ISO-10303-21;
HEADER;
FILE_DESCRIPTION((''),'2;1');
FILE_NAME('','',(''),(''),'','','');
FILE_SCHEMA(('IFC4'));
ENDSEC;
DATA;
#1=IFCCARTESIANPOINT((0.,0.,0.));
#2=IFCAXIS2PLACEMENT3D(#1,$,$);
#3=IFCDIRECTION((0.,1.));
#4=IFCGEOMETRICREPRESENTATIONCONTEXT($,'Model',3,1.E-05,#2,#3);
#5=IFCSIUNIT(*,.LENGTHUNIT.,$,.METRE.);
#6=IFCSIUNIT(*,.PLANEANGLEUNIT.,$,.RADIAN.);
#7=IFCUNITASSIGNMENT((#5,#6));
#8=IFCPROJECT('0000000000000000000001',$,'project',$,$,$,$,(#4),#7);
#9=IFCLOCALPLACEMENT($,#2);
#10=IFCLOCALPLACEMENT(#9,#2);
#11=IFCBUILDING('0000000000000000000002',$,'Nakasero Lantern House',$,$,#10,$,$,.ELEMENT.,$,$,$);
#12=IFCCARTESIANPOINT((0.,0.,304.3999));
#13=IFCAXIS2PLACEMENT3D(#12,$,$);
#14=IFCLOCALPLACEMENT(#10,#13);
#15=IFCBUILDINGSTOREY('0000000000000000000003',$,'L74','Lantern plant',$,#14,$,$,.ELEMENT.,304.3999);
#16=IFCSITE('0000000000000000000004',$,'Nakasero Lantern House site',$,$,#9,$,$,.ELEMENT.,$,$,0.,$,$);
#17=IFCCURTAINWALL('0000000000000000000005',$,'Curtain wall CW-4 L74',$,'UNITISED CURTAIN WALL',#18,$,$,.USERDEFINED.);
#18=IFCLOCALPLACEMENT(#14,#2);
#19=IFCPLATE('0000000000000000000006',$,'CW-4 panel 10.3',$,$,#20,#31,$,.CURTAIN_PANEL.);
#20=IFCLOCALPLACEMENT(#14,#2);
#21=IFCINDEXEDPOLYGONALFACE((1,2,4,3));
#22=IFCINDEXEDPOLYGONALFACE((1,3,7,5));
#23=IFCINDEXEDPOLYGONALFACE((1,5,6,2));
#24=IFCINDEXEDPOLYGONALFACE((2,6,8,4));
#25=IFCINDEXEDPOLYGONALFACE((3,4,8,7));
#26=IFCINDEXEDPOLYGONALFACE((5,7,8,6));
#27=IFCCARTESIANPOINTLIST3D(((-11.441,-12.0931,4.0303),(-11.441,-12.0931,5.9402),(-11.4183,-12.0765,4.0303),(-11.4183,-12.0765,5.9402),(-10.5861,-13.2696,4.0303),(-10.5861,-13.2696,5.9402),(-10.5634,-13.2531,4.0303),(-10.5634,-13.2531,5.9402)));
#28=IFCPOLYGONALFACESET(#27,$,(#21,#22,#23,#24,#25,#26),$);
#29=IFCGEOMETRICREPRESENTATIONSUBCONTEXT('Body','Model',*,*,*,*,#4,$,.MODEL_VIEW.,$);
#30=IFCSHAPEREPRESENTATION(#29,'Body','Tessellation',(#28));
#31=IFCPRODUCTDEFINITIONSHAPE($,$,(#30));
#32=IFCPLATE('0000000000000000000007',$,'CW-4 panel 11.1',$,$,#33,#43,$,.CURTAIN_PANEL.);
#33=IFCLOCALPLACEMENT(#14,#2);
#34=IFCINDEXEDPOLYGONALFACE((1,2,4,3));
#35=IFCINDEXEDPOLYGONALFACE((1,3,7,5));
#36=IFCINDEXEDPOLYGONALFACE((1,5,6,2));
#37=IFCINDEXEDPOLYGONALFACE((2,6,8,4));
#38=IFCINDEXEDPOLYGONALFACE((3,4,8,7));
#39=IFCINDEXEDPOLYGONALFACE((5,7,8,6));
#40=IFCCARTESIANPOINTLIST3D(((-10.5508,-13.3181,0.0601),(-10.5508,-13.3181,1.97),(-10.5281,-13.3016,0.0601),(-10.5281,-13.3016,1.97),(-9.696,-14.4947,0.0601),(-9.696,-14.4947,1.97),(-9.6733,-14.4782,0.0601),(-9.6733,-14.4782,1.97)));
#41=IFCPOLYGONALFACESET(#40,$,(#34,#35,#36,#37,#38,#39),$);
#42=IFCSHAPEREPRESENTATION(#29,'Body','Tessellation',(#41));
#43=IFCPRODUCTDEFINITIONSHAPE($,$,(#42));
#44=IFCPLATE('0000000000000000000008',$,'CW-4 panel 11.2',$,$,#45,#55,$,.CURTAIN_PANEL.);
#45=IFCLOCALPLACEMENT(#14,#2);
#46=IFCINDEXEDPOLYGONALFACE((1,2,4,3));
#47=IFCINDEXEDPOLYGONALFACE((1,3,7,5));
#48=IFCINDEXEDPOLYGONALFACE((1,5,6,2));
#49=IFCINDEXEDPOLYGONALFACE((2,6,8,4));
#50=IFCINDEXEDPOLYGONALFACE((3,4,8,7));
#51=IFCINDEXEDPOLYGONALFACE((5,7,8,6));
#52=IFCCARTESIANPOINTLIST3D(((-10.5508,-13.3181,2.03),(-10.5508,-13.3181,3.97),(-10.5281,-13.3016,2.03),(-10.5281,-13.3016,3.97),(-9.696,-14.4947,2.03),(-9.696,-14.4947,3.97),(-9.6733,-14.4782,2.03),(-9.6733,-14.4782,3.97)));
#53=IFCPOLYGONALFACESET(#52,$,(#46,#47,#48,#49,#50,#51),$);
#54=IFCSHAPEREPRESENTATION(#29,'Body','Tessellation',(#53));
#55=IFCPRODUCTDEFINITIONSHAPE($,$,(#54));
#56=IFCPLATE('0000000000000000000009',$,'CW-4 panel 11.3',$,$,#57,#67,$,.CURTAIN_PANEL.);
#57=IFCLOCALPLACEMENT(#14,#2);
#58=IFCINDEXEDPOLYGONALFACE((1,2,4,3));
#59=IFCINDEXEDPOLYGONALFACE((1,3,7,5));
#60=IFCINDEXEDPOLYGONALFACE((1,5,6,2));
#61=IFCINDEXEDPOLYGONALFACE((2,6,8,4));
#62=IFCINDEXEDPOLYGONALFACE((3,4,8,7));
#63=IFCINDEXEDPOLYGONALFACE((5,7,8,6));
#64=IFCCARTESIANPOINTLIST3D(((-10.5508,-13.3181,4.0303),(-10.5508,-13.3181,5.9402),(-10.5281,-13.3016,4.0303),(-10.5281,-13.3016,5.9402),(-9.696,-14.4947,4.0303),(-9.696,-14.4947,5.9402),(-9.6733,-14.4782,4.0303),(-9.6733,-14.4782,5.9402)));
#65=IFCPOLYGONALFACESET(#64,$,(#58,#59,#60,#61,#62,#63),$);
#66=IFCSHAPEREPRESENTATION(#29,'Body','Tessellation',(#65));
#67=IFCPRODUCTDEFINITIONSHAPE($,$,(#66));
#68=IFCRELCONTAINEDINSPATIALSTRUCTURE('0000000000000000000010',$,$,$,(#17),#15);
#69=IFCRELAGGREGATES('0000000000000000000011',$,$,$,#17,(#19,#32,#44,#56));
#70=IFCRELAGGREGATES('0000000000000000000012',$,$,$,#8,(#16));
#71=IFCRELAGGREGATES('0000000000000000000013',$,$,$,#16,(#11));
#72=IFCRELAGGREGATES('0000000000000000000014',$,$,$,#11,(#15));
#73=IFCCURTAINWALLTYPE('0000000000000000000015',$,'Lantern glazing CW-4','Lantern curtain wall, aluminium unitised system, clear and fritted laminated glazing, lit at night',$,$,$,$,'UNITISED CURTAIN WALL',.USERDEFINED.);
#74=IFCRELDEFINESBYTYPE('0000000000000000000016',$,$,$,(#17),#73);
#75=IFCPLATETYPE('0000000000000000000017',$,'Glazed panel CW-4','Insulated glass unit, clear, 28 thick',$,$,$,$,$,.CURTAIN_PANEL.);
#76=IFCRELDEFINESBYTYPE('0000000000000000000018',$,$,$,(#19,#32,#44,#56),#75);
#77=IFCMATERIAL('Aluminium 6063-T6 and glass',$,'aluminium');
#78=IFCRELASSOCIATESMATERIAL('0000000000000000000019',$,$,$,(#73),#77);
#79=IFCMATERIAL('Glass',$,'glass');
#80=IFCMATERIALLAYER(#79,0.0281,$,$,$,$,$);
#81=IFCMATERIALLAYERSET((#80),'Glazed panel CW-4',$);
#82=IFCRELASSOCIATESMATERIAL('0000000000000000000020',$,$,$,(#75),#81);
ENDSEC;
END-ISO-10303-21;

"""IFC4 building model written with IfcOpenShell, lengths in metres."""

from ifc_helpers import new_model, si_unit, direction, frame, origin, origin_2d, place, context, subcontext, project, spatial, rectangle, extrude, material, layer, layer_set, type_object, element, aggregate, save


model = new_model("IFC4")

# Units and contexts
model_context = context("Model", 3, precision=1e-05, world=origin(), true_north=direction((0.0, 1.0)))
body_context = subcontext(model_context, "Body", "Model", "MODEL_VIEW")
ifc_project = project(units=[si_unit("LENGTHUNIT", "METRE"), si_unit("PLANEANGLEUNIT", "RADIAN")], contexts=[model_context])

# Site, building, storey
site_placement = place(None, origin())
site = spatial("IfcSite", under=ifc_project, at=site_placement, Name="Nakasero Lantern House site", CompositionType="ELEMENT", RefElevation=0.0)
building_placement = place(site_placement, origin())
building = spatial("IfcBuilding", under=site, at=building_placement, Name="Nakasero Lantern House", CompositionType="ELEMENT")
storey_placement = place(building_placement, frame((0.0, 0.0, 304.3999)))
storey = spatial("IfcBuildingStorey", under=building, at=storey_placement, Name="L74", Description="Lantern plant", CompositionType="ELEMENT", Elevation=304.3999)

# Curtain wall
ifc_material_1 = material(Name="Aluminium 6063-T6 and glass", Category="aluminium")
curtain_wall_type = type_object("IfcCurtainWallType", Name="Lantern glazing CW-4", Description="Lantern curtain wall, aluminium unitised system, clear and fritted laminated glazing, lit at night", ElementType="UNITISED CURTAIN WALL", PredefinedType="USERDEFINED", material=ifc_material_1)
curtain_wall_placement = place(storey_placement, origin())
curtain_wall = element("IfcCurtainWall", 1, at=curtain_wall_placement, inside=storey, type_object=curtain_wall_type, Name="Curtain wall CW-4 L74", ObjectType="UNITISED CURTAIN WALL", PredefinedType="USERDEFINED")

# Plates
ifc_material_2 = material(Name="Glass", Category="glass")
ifc_layer = layer(ifc_material_2, 0.0281)
ifc_layer_set = layer_set([ifc_layer], Name="Glazed panel CW-4")
plate_type = type_object("IfcPlateType", Name="Glazed panel CW-4", Description="Insulated glass unit, clear, 28 thick", PredefinedType="CURTAIN_PANEL", material=ifc_layer_set)
plate_1_placement = place(storey_placement, frame((-11.0022, -12.6731, 4.0303), z_axis=(0.0, 0.0, 1.0), x_axis=(0.587785, -0.809017, 0.0)))
plate_1 = element("IfcPlate", 2, at=plate_1_placement, type_object=plate_type, Name="CW-4 panel 10.3", PredefinedType="CURTAIN_PANEL", context=body_context, shape_type="SweptSolid", body=[
    extrude(rectangle(XDim=1.4543, YDim=0.0281, at=origin_2d()), origin(), (0.0, 0.0, 1.0), 1.9099),
])
plate_2_placement = place(storey_placement, frame((-10.1121, -13.8982, 0.0601), z_axis=(0.0, 0.0, 1.0), x_axis=(0.587785, -0.809017, 0.0)))
plate_2 = element("IfcPlate", 3, at=plate_2_placement, type_object=plate_type, Name="CW-4 panel 11.1", PredefinedType="CURTAIN_PANEL", context=body_context, shape_type="SweptSolid", body=[
    extrude(rectangle(XDim=1.4543, YDim=0.0281, at=origin_2d()), origin(), (0.0, 0.0, 1.0), 1.9099),
])
plate_3_placement = place(storey_placement, frame((-10.1121, -13.8982, 2.03), z_axis=(0.0, 0.0, 1.0), x_axis=(0.587785, -0.809017, 0.0)))
plate_3 = element("IfcPlate", 4, at=plate_3_placement, type_object=plate_type, Name="CW-4 panel 11.2", PredefinedType="CURTAIN_PANEL", context=body_context, shape_type="SweptSolid", body=[
    extrude(rectangle(XDim=1.4543, YDim=0.0281, at=origin_2d()), origin(), (0.0, 0.0, 1.0), 1.9399),
])
plate_4_placement = place(storey_placement, frame((-10.1121, -13.8982, 4.0303), z_axis=(0.0, 0.0, 1.0), x_axis=(0.587785, -0.809017, 0.0)))
plate_4 = element("IfcPlate", 5, at=plate_4_placement, type_object=plate_type, Name="CW-4 panel 11.3", PredefinedType="CURTAIN_PANEL", context=body_context, shape_type="SweptSolid", body=[
    extrude(rectangle(XDim=1.4543, YDim=0.0281, at=origin_2d()), origin(), (0.0, 0.0, 1.0), 1.9099),
])
aggregate(curtain_wall, [plate_1, plate_2, plate_3, plate_4])

save(model, "model.ifc")
